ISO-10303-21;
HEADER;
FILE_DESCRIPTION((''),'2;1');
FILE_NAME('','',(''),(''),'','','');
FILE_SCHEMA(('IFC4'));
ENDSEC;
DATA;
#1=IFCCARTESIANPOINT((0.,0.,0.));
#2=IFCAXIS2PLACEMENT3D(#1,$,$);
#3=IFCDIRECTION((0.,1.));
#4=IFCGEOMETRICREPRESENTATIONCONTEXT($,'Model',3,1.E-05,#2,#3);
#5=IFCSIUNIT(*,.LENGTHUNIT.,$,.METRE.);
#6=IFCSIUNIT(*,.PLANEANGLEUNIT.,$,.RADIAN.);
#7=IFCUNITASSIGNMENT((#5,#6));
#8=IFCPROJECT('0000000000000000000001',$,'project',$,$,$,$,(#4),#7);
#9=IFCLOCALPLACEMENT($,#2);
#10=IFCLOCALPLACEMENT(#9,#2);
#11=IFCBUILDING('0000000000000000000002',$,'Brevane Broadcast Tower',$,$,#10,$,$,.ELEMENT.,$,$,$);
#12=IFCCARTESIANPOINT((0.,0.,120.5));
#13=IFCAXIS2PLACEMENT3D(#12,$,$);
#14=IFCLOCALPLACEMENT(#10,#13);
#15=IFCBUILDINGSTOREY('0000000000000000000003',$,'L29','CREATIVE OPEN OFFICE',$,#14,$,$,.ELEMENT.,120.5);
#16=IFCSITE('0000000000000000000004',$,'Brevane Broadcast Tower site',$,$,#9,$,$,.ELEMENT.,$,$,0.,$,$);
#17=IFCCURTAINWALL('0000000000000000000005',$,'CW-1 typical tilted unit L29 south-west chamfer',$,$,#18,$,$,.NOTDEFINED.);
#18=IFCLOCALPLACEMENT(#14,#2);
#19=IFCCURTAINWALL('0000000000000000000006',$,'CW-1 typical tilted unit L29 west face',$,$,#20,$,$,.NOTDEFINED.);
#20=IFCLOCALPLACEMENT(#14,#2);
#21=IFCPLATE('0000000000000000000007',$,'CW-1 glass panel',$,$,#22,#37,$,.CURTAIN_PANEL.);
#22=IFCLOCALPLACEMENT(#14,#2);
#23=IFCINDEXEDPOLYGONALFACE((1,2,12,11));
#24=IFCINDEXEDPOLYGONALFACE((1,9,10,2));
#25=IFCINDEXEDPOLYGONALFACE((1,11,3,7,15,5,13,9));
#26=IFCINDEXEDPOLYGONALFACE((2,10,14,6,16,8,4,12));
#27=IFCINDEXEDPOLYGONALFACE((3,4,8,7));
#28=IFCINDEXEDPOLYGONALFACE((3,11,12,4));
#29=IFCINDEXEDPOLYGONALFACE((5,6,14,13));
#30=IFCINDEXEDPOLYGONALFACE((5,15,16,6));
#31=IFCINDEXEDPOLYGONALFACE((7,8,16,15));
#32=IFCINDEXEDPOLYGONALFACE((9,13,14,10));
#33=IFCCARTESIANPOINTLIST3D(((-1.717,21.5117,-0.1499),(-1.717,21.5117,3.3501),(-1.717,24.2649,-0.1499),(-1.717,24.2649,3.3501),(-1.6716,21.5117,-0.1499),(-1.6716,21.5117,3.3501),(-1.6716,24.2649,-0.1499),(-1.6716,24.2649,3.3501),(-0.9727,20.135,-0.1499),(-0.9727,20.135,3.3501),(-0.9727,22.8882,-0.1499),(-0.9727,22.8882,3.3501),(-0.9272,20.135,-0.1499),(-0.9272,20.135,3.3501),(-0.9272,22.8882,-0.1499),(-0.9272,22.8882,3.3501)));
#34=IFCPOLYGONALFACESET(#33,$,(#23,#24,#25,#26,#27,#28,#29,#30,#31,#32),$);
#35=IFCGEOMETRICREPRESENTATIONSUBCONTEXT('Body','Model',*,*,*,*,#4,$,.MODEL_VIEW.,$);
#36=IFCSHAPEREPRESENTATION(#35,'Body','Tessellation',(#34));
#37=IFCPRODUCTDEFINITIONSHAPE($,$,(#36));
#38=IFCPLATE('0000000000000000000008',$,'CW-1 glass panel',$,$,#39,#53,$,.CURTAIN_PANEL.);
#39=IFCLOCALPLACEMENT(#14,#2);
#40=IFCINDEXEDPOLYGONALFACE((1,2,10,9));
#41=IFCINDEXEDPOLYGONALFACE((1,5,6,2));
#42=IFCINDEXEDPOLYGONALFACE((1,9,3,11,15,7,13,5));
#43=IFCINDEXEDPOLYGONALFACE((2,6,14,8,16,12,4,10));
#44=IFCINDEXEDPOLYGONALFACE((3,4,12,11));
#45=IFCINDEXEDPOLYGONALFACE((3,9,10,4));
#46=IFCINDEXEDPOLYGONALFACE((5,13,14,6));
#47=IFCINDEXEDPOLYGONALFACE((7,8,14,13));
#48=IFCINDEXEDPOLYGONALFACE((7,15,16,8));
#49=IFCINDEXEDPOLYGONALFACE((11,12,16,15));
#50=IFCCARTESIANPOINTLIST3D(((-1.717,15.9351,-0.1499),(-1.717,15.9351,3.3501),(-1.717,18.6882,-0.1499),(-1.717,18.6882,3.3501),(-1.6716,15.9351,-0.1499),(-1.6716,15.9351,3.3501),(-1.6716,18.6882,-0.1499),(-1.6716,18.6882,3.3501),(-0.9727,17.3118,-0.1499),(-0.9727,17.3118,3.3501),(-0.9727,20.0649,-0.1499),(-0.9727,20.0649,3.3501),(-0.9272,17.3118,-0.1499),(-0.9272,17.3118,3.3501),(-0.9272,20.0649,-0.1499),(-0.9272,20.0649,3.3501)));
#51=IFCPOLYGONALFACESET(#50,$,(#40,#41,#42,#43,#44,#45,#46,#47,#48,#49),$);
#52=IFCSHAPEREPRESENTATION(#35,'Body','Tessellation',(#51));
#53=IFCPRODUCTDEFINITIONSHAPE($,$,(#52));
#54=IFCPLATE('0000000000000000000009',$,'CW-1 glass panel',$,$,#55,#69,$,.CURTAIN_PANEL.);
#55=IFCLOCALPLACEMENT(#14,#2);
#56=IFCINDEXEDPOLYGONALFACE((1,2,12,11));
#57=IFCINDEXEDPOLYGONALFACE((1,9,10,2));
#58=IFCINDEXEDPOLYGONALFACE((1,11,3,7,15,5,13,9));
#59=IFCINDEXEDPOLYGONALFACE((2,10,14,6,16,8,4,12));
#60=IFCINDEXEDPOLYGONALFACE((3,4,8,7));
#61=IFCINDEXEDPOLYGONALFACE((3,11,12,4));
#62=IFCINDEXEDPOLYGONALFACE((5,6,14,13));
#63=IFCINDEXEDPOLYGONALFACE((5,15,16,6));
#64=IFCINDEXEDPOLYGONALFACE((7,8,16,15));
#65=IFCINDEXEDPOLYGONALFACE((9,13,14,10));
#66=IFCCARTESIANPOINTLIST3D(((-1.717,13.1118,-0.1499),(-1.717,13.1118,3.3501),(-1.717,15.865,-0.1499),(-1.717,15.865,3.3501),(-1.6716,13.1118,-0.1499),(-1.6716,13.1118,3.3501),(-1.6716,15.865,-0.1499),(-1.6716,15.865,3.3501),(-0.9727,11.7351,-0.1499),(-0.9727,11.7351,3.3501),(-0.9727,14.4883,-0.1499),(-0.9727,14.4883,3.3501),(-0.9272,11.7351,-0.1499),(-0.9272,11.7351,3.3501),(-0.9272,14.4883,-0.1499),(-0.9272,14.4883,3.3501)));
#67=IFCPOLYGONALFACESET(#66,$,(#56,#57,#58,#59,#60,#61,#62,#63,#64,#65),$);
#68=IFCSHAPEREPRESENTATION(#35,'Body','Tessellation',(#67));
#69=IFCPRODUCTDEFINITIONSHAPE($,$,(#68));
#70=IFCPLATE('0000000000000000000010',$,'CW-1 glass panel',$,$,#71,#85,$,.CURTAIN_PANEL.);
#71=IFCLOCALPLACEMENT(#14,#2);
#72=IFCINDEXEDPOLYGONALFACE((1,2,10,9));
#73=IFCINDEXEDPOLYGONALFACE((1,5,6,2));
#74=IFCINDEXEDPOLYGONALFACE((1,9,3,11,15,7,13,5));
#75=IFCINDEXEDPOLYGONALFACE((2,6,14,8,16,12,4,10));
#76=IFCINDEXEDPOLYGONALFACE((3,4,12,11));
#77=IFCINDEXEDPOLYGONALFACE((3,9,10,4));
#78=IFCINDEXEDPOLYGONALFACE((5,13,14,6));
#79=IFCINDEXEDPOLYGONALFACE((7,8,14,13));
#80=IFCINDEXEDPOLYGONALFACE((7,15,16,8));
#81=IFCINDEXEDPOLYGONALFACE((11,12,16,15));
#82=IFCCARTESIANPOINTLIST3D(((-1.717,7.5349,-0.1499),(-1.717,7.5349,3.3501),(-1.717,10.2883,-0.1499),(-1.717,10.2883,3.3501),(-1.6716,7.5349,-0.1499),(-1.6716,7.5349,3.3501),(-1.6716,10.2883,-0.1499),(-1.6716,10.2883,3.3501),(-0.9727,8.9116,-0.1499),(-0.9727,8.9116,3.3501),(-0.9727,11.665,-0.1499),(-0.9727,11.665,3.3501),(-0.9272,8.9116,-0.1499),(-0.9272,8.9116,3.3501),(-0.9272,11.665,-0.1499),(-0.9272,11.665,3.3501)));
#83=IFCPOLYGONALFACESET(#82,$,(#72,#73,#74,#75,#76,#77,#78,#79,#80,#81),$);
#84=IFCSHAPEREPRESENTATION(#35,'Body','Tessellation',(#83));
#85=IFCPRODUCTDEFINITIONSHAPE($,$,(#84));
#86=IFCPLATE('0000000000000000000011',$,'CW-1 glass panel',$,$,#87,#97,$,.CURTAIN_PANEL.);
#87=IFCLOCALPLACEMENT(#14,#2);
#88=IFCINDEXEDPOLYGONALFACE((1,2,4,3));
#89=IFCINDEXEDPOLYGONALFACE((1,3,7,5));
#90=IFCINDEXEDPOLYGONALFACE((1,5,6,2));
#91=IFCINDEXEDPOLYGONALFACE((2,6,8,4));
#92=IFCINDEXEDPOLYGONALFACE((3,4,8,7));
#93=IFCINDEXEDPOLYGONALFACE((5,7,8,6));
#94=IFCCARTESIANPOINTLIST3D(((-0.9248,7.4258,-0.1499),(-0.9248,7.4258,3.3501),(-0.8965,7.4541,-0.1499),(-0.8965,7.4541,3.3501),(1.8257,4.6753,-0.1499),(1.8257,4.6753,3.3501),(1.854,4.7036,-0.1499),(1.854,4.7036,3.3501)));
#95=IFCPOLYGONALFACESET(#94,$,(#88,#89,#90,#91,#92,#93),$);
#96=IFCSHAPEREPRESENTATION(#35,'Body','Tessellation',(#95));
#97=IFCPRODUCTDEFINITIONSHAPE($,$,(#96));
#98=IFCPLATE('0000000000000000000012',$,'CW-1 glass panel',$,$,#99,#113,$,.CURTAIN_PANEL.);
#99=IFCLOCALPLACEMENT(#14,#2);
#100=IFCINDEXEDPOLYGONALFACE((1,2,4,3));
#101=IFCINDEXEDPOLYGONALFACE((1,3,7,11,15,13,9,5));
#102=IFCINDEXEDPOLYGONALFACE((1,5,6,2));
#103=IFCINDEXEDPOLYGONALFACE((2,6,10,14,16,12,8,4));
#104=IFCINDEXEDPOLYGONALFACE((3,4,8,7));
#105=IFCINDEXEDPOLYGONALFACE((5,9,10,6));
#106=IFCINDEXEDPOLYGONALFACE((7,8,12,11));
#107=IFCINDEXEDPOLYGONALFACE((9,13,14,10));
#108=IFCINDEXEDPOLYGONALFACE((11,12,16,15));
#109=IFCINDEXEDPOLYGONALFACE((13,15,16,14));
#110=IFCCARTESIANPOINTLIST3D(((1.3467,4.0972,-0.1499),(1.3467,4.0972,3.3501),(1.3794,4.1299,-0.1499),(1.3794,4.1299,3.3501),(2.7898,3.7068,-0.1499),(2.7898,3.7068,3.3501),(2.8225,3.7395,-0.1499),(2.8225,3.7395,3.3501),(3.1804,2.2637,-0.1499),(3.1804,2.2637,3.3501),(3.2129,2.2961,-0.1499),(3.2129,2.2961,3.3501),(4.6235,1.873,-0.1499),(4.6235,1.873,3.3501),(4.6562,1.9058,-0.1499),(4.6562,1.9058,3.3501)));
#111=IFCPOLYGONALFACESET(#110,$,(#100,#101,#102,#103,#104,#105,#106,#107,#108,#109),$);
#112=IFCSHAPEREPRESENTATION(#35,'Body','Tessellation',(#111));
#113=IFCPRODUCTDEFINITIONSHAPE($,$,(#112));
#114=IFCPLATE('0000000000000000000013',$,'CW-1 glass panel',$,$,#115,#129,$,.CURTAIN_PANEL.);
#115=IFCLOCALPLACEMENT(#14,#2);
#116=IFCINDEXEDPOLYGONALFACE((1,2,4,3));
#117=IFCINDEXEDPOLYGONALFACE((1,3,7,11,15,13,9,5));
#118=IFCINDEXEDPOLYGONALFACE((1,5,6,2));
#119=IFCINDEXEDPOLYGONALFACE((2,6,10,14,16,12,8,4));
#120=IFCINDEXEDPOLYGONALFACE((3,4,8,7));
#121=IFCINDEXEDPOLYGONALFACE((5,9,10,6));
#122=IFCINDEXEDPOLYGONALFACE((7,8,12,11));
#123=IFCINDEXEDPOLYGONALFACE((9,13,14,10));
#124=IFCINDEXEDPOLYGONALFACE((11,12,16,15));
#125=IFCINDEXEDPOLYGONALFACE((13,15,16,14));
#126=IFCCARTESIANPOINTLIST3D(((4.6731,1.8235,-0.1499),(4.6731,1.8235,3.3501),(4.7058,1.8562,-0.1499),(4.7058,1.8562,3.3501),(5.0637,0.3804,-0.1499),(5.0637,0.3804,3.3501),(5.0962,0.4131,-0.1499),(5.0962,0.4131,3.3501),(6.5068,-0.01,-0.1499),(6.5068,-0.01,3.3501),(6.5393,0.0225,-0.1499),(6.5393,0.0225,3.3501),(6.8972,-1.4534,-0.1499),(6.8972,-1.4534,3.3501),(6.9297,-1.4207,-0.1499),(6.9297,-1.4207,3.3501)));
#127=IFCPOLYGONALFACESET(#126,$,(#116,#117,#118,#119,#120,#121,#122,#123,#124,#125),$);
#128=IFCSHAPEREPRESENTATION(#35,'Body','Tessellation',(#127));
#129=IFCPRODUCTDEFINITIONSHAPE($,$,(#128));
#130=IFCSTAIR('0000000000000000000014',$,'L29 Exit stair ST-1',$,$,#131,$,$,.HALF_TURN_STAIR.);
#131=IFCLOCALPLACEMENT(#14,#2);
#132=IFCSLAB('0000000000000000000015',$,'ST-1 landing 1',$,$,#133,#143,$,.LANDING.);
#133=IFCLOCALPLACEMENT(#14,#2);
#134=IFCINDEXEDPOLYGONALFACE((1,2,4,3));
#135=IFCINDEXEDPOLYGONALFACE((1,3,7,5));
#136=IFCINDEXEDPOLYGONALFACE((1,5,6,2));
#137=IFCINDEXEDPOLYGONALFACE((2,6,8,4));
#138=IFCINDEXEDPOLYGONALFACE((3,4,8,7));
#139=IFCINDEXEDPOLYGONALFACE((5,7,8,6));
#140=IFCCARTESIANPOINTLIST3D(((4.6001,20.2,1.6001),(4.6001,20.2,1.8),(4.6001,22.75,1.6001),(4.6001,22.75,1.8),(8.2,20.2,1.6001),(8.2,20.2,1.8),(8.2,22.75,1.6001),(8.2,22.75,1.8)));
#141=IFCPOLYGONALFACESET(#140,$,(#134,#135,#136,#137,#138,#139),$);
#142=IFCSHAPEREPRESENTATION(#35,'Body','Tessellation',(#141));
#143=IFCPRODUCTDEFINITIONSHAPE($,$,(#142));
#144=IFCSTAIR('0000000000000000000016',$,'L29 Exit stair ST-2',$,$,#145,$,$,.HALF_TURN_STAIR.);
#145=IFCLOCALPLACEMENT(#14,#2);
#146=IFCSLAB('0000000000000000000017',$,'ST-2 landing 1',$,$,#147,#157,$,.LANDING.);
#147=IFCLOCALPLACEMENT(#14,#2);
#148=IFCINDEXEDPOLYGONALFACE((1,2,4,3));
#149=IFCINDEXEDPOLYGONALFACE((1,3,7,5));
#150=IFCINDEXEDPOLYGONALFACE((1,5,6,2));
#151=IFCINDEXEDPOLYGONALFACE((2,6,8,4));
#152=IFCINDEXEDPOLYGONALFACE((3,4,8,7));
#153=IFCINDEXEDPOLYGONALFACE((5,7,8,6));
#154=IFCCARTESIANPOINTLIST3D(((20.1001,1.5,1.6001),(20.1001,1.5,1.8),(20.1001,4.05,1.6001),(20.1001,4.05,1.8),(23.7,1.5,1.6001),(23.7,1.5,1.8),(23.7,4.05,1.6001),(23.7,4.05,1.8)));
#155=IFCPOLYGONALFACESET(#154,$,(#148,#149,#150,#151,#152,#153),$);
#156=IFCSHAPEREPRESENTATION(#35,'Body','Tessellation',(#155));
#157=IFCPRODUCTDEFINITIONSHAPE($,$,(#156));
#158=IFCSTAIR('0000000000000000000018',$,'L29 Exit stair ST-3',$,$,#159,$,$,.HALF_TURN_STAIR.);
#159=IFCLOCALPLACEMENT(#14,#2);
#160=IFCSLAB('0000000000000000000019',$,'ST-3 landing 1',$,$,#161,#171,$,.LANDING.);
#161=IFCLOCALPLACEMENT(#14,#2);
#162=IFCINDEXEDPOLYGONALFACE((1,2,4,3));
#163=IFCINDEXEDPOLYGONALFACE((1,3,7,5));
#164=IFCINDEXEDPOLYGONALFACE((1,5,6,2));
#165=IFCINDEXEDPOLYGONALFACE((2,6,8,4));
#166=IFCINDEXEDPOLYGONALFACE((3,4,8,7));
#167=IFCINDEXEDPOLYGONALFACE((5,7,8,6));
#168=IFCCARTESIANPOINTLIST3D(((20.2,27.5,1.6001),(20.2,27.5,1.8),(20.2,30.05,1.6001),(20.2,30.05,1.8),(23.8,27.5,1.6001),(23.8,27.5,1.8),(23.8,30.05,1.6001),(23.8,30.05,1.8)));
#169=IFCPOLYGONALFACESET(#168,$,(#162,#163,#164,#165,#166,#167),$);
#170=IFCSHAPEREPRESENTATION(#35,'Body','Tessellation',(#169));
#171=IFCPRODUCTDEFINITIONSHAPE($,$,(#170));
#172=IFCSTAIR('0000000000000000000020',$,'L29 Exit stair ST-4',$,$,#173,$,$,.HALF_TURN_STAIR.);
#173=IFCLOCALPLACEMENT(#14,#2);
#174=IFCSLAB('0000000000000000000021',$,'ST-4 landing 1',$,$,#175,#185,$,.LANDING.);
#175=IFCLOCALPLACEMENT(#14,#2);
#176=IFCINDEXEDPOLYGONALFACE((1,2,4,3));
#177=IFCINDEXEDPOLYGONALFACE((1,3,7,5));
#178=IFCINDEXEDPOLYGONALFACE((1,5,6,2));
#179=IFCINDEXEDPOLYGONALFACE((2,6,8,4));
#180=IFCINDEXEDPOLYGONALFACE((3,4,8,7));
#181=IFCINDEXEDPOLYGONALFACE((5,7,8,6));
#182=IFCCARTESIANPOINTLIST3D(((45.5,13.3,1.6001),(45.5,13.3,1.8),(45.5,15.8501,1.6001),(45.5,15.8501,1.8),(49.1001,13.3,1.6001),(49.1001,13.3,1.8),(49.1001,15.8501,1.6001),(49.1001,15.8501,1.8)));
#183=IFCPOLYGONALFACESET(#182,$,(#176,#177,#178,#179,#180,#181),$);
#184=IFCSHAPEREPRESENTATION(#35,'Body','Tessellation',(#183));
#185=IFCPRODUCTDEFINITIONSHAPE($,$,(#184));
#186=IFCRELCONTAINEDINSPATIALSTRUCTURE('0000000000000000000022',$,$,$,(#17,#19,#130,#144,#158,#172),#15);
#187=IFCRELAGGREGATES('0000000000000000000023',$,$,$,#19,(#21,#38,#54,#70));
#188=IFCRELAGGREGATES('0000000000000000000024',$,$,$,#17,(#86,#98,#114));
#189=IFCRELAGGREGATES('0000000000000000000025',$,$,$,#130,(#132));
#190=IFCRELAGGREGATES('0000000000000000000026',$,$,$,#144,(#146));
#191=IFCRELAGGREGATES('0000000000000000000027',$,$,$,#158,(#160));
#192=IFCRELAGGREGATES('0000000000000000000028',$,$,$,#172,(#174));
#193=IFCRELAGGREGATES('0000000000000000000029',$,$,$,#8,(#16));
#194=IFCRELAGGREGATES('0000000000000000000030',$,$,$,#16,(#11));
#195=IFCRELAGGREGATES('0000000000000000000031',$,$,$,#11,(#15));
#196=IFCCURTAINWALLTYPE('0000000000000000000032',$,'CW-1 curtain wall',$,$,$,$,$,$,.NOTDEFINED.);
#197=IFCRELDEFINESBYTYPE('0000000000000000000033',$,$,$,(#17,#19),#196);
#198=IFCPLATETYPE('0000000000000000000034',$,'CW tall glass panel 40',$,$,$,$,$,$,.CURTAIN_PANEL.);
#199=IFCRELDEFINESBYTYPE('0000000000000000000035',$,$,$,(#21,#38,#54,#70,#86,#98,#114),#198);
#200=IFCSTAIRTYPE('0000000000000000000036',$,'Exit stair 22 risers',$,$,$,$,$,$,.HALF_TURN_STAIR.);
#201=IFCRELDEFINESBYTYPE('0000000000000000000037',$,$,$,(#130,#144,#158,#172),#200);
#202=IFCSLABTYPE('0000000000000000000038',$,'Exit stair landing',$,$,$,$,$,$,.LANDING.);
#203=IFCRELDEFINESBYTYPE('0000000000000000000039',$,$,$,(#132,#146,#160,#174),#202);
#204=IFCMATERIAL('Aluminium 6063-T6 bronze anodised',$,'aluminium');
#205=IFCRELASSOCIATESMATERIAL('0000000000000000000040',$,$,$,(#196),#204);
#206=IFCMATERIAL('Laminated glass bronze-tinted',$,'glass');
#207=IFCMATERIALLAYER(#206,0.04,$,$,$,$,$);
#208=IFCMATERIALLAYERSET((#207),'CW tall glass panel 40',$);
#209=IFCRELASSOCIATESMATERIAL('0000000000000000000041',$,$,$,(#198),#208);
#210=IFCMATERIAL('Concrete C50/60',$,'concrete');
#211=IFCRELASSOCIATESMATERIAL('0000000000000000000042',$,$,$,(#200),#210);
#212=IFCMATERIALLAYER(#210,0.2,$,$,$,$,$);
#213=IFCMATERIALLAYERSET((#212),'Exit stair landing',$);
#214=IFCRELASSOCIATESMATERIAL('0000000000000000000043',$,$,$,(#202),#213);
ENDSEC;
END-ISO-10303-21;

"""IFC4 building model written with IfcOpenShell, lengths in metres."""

from ifc_helpers import new_model, si_unit, direction, frame, origin, place, context, subcontext, project, spatial, polyline, outline, extrude, material, layer, layer_set, type_object, element, aggregate, save


model = new_model("IFC4")

# Units and contexts
model_context = context("Model", 3, precision=1e-05, world=origin(), true_north=direction((0.0, 1.0)))
body_context = subcontext(model_context, "Body", "Model", "MODEL_VIEW")
ifc_project = project(units=[si_unit("LENGTHUNIT", "METRE"), si_unit("PLANEANGLEUNIT", "RADIAN")], contexts=[model_context])

# Site, building, storey
site_placement = place(None, origin())
site = spatial("IfcSite", under=ifc_project, at=site_placement, Name="Brevane Broadcast Tower site", CompositionType="ELEMENT", RefElevation=0.0)
building_placement = place(site_placement, origin())
building = spatial("IfcBuilding", under=site, at=building_placement, Name="Brevane Broadcast Tower", CompositionType="ELEMENT")
storey_placement = place(building_placement, frame((0.0, 0.0, 120.5)))
storey = spatial("IfcBuildingStorey", under=building, at=storey_placement, Name="L29", Description="CREATIVE OPEN OFFICE", CompositionType="ELEMENT", Elevation=120.5)

# Curtain wall
ifc_material_1 = material(Name="Aluminium 6063-T6 bronze anodised", Category="aluminium")
curtain_wall_type = type_object("IfcCurtainWallType", Name="CW-1 curtain wall", PredefinedType="NOTDEFINED", material=ifc_material_1)
curtain_wall_1_placement = place(storey_placement, origin())
curtain_wall_1 = element("IfcCurtainWall", 1, at=curtain_wall_1_placement, inside=storey, type_object=curtain_wall_type, Name="CW-1 typical tilted unit L29 south-west chamfer", PredefinedType="NOTDEFINED")

# Shared definitions
ifc_material_2 = material(Name="Laminated glass bronze-tinted", Category="glass")
ifc_layer_1 = layer(ifc_material_2, 0.04)
ifc_layer_set_1 = layer_set([ifc_layer_1], Name="CW tall glass panel 40")
plate_type = type_object("IfcPlateType", Name="CW tall glass panel 40", PredefinedType="CURTAIN_PANEL", material=ifc_layer_set_1)

# Curtain wall, plates
curtain_wall_2_placement = place(storey_placement, origin())
curtain_wall_2 = element("IfcCurtainWall", 2, at=curtain_wall_2_placement, inside=storey, type_object=curtain_wall_type, Name="CW-1 typical tilted unit L29 west face", PredefinedType="NOTDEFINED")
plate_1_placement = place(storey_placement, frame((0.0, 0.0, -0.1499)))
plate_1 = element("IfcPlate", 3, at=plate_1_placement, type_object=plate_type, Name="CW-1 glass panel", PredefinedType="CURTAIN_PANEL", context=body_context, shape_type="SweptSolid", body=[
    extrude(outline(polyline([(-1.6716, 24.2649), (-1.717, 24.2649), (-0.9727, 22.8882), (-1.717, 21.5117), (-0.9727, 20.135), (-0.9272, 20.135), (-1.6716, 21.5117), (-0.9272, 22.8882), (-1.6716, 24.2649)])), origin(), (0.0, 0.0, 1.0), 3.5),
])
plate_2_placement = place(storey_placement, frame((0.0, 0.0, -0.1499)))
plate_2 = element("IfcPlate", 4, at=plate_2_placement, type_object=plate_type, Name="CW-1 glass panel", PredefinedType="CURTAIN_PANEL", context=body_context, shape_type="SweptSolid", body=[
    extrude(outline(polyline([(-0.9272, 20.0649), (-0.9727, 20.0649), (-1.717, 18.6882), (-0.9727, 17.3118), (-1.717, 15.9351), (-1.6716, 15.9351), (-0.9272, 17.3118), (-1.6716, 18.6882), (-0.9272, 20.0649)])), origin(), (0.0, 0.0, 1.0), 3.5),
])
plate_3_placement = place(storey_placement, frame((0.0, 0.0, -0.1499)))
plate_3 = element("IfcPlate", 5, at=plate_3_placement, type_object=plate_type, Name="CW-1 glass panel", PredefinedType="CURTAIN_PANEL", context=body_context, shape_type="SweptSolid", body=[
    extrude(outline(polyline([(-1.6716, 15.865), (-1.717, 15.865), (-0.9727, 14.4883), (-1.717, 13.1118), (-0.9727, 11.7351), (-0.9272, 11.7351), (-1.6716, 13.1118), (-0.9272, 14.4883), (-1.6716, 15.865)])), origin(), (0.0, 0.0, 1.0), 3.5),
])
plate_4_placement = place(storey_placement, frame((0.0, 0.0, -0.1499)))
plate_4 = element("IfcPlate", 6, at=plate_4_placement, type_object=plate_type, Name="CW-1 glass panel", PredefinedType="CURTAIN_PANEL", context=body_context, shape_type="SweptSolid", body=[
    extrude(outline(polyline([(-0.9272, 11.665), (-0.9727, 11.665), (-1.717, 10.2883), (-0.9727, 8.9116), (-1.717, 7.5349), (-1.6716, 7.5349), (-0.9272, 8.9116), (-1.6716, 10.2883), (-0.9272, 11.665)])), origin(), (0.0, 0.0, 1.0), 3.5),
])
aggregate(curtain_wall_2, [plate_1, plate_2, plate_3, plate_4])

# Plates
plate_5_placement = place(storey_placement, frame((0.0, 0.0, -0.1499)))
plate_5 = element("IfcPlate", 7, at=plate_5_placement, type_object=plate_type, Name="CW-1 glass panel", PredefinedType="CURTAIN_PANEL", context=body_context, shape_type="SweptSolid", body=[
    extrude(outline(polyline([(-0.8965, 7.4541), (1.854, 4.7036), (1.8257, 4.6753), (-0.9248, 7.4258), (-0.8965, 7.4541)])), origin(), (0.0, 0.0, 1.0), 3.5),
])
plate_6_placement = place(storey_placement, frame((0.0, 0.0, -0.1499)))
plate_6 = element("IfcPlate", 8, at=plate_6_placement, type_object=plate_type, Name="CW-1 glass panel", PredefinedType="CURTAIN_PANEL", context=body_context, shape_type="SweptSolid", body=[
    extrude(outline(polyline([(1.3794, 4.1299), (1.3467, 4.0972), (2.7898, 3.7068), (3.1804, 2.2637), (4.6235, 1.873), (4.6562, 1.9058), (3.2129, 2.2961), (2.8225, 3.7395), (1.3794, 4.1299)])), origin(), (0.0, 0.0, 1.0), 3.5),
])
plate_7_placement = place(storey_placement, frame((0.0, 0.0, -0.1499)))
plate_7 = element("IfcPlate", 9, at=plate_7_placement, type_object=plate_type, Name="CW-1 glass panel", PredefinedType="CURTAIN_PANEL", context=body_context, shape_type="SweptSolid", body=[
    extrude(outline(polyline([(4.7058, 1.8562), (4.6731, 1.8235), (5.0637, 0.3804), (6.5068, -0.01), (6.8972, -1.4534), (6.9297, -1.4207), (6.5393, 0.0225), (5.0962, 0.4131), (4.7058, 1.8562)])), origin(), (0.0, 0.0, 1.0), 3.5),
])
aggregate(curtain_wall_1, [plate_5, plate_6, plate_7])

# Stairs, slabs
ifc_material_3 = material(Name="Concrete C50/60", Category="concrete")
stair_type = type_object("IfcStairType", Name="Exit stair 22 risers", PredefinedType="HALF_TURN_STAIR", material=ifc_material_3)
stair_1_placement = place(storey_placement, origin())
stair_1 = element("IfcStair", 10, at=stair_1_placement, inside=storey, type_object=stair_type, Name="L29 Exit stair ST-1", PredefinedType="HALF_TURN_STAIR")
ifc_layer_2 = layer(ifc_material_3, 0.2)
ifc_layer_set_2 = layer_set([ifc_layer_2], Name="Exit stair landing")
slab_type_1 = type_object("IfcSlabType", Name="Exit stair landing", PredefinedType="LANDING", material=ifc_layer_set_2)
slab_1_placement = place(storey_placement, frame((0.0, 0.0, 1.6001)))
slab_1 = element("IfcSlab", 11, at=slab_1_placement, type_object=slab_type_1, Name="ST-1 landing 1", PredefinedType="LANDING", context=body_context, shape_type="SweptSolid", body=[
    extrude(outline(polyline([(4.6001, 20.2), (8.2, 20.2), (8.2, 22.75), (4.6001, 22.75), (4.6001, 20.2)])), origin(), (0.0, 0.0, 1.0), 0.2),
])
aggregate(stair_1, [slab_1])
stair_2_placement = place(storey_placement, origin())
stair_2 = element("IfcStair", 12, at=stair_2_placement, inside=storey, type_object=stair_type, Name="L29 Exit stair ST-2", PredefinedType="HALF_TURN_STAIR")
slab_2_placement = place(storey_placement, frame((0.0, 0.0, 1.6001)))
slab_2 = element("IfcSlab", 13, at=slab_2_placement, type_object=slab_type_1, Name="ST-2 landing 1", PredefinedType="LANDING", context=body_context, shape_type="SweptSolid", body=[
    extrude(outline(polyline([(20.1001, 1.5), (23.7, 1.5), (23.7, 4.05), (20.1001, 4.05), (20.1001, 1.5)])), origin(), (0.0, 0.0, 1.0), 0.2),
])
aggregate(stair_2, [slab_2])
stair_3_placement = place(storey_placement, origin())
stair_3 = element("IfcStair", 14, at=stair_3_placement, inside=storey, type_object=stair_type, Name="L29 Exit stair ST-3", PredefinedType="HALF_TURN_STAIR")
slab_3_placement = place(storey_placement, frame((0.0, 0.0, 1.6001)))
slab_3 = element("IfcSlab", 15, at=slab_3_placement, type_object=slab_type_1, Name="ST-3 landing 1", PredefinedType="LANDING", context=body_context, shape_type="SweptSolid", body=[
    extrude(outline(polyline([(20.2, 27.5), (23.8, 27.5), (23.8, 30.05), (20.2, 30.05), (20.2, 27.5)])), origin(), (0.0, 0.0, 1.0), 0.2),
])
aggregate(stair_3, [slab_3])
stair_4_placement = place(storey_placement, origin())
stair_4 = element("IfcStair", 16, at=stair_4_placement, inside=storey, type_object=stair_type, Name="L29 Exit stair ST-4", PredefinedType="HALF_TURN_STAIR")
slab_4_placement = place(storey_placement, frame((0.0, 0.0, 1.6001)))
slab_4 = element("IfcSlab", 17, at=slab_4_placement, type_object=slab_type_1, Name="ST-4 landing 1", PredefinedType="LANDING", context=body_context, shape_type="SweptSolid", body=[
    extrude(outline(polyline([(45.5, 13.3), (49.1001, 13.3), (49.1001, 15.8501), (45.5, 15.8501), (45.5, 13.3)])), origin(), (0.0, 0.0, 1.0), 0.2),
])
aggregate(stair_4, [slab_4])

save(model, "model.ifc")
